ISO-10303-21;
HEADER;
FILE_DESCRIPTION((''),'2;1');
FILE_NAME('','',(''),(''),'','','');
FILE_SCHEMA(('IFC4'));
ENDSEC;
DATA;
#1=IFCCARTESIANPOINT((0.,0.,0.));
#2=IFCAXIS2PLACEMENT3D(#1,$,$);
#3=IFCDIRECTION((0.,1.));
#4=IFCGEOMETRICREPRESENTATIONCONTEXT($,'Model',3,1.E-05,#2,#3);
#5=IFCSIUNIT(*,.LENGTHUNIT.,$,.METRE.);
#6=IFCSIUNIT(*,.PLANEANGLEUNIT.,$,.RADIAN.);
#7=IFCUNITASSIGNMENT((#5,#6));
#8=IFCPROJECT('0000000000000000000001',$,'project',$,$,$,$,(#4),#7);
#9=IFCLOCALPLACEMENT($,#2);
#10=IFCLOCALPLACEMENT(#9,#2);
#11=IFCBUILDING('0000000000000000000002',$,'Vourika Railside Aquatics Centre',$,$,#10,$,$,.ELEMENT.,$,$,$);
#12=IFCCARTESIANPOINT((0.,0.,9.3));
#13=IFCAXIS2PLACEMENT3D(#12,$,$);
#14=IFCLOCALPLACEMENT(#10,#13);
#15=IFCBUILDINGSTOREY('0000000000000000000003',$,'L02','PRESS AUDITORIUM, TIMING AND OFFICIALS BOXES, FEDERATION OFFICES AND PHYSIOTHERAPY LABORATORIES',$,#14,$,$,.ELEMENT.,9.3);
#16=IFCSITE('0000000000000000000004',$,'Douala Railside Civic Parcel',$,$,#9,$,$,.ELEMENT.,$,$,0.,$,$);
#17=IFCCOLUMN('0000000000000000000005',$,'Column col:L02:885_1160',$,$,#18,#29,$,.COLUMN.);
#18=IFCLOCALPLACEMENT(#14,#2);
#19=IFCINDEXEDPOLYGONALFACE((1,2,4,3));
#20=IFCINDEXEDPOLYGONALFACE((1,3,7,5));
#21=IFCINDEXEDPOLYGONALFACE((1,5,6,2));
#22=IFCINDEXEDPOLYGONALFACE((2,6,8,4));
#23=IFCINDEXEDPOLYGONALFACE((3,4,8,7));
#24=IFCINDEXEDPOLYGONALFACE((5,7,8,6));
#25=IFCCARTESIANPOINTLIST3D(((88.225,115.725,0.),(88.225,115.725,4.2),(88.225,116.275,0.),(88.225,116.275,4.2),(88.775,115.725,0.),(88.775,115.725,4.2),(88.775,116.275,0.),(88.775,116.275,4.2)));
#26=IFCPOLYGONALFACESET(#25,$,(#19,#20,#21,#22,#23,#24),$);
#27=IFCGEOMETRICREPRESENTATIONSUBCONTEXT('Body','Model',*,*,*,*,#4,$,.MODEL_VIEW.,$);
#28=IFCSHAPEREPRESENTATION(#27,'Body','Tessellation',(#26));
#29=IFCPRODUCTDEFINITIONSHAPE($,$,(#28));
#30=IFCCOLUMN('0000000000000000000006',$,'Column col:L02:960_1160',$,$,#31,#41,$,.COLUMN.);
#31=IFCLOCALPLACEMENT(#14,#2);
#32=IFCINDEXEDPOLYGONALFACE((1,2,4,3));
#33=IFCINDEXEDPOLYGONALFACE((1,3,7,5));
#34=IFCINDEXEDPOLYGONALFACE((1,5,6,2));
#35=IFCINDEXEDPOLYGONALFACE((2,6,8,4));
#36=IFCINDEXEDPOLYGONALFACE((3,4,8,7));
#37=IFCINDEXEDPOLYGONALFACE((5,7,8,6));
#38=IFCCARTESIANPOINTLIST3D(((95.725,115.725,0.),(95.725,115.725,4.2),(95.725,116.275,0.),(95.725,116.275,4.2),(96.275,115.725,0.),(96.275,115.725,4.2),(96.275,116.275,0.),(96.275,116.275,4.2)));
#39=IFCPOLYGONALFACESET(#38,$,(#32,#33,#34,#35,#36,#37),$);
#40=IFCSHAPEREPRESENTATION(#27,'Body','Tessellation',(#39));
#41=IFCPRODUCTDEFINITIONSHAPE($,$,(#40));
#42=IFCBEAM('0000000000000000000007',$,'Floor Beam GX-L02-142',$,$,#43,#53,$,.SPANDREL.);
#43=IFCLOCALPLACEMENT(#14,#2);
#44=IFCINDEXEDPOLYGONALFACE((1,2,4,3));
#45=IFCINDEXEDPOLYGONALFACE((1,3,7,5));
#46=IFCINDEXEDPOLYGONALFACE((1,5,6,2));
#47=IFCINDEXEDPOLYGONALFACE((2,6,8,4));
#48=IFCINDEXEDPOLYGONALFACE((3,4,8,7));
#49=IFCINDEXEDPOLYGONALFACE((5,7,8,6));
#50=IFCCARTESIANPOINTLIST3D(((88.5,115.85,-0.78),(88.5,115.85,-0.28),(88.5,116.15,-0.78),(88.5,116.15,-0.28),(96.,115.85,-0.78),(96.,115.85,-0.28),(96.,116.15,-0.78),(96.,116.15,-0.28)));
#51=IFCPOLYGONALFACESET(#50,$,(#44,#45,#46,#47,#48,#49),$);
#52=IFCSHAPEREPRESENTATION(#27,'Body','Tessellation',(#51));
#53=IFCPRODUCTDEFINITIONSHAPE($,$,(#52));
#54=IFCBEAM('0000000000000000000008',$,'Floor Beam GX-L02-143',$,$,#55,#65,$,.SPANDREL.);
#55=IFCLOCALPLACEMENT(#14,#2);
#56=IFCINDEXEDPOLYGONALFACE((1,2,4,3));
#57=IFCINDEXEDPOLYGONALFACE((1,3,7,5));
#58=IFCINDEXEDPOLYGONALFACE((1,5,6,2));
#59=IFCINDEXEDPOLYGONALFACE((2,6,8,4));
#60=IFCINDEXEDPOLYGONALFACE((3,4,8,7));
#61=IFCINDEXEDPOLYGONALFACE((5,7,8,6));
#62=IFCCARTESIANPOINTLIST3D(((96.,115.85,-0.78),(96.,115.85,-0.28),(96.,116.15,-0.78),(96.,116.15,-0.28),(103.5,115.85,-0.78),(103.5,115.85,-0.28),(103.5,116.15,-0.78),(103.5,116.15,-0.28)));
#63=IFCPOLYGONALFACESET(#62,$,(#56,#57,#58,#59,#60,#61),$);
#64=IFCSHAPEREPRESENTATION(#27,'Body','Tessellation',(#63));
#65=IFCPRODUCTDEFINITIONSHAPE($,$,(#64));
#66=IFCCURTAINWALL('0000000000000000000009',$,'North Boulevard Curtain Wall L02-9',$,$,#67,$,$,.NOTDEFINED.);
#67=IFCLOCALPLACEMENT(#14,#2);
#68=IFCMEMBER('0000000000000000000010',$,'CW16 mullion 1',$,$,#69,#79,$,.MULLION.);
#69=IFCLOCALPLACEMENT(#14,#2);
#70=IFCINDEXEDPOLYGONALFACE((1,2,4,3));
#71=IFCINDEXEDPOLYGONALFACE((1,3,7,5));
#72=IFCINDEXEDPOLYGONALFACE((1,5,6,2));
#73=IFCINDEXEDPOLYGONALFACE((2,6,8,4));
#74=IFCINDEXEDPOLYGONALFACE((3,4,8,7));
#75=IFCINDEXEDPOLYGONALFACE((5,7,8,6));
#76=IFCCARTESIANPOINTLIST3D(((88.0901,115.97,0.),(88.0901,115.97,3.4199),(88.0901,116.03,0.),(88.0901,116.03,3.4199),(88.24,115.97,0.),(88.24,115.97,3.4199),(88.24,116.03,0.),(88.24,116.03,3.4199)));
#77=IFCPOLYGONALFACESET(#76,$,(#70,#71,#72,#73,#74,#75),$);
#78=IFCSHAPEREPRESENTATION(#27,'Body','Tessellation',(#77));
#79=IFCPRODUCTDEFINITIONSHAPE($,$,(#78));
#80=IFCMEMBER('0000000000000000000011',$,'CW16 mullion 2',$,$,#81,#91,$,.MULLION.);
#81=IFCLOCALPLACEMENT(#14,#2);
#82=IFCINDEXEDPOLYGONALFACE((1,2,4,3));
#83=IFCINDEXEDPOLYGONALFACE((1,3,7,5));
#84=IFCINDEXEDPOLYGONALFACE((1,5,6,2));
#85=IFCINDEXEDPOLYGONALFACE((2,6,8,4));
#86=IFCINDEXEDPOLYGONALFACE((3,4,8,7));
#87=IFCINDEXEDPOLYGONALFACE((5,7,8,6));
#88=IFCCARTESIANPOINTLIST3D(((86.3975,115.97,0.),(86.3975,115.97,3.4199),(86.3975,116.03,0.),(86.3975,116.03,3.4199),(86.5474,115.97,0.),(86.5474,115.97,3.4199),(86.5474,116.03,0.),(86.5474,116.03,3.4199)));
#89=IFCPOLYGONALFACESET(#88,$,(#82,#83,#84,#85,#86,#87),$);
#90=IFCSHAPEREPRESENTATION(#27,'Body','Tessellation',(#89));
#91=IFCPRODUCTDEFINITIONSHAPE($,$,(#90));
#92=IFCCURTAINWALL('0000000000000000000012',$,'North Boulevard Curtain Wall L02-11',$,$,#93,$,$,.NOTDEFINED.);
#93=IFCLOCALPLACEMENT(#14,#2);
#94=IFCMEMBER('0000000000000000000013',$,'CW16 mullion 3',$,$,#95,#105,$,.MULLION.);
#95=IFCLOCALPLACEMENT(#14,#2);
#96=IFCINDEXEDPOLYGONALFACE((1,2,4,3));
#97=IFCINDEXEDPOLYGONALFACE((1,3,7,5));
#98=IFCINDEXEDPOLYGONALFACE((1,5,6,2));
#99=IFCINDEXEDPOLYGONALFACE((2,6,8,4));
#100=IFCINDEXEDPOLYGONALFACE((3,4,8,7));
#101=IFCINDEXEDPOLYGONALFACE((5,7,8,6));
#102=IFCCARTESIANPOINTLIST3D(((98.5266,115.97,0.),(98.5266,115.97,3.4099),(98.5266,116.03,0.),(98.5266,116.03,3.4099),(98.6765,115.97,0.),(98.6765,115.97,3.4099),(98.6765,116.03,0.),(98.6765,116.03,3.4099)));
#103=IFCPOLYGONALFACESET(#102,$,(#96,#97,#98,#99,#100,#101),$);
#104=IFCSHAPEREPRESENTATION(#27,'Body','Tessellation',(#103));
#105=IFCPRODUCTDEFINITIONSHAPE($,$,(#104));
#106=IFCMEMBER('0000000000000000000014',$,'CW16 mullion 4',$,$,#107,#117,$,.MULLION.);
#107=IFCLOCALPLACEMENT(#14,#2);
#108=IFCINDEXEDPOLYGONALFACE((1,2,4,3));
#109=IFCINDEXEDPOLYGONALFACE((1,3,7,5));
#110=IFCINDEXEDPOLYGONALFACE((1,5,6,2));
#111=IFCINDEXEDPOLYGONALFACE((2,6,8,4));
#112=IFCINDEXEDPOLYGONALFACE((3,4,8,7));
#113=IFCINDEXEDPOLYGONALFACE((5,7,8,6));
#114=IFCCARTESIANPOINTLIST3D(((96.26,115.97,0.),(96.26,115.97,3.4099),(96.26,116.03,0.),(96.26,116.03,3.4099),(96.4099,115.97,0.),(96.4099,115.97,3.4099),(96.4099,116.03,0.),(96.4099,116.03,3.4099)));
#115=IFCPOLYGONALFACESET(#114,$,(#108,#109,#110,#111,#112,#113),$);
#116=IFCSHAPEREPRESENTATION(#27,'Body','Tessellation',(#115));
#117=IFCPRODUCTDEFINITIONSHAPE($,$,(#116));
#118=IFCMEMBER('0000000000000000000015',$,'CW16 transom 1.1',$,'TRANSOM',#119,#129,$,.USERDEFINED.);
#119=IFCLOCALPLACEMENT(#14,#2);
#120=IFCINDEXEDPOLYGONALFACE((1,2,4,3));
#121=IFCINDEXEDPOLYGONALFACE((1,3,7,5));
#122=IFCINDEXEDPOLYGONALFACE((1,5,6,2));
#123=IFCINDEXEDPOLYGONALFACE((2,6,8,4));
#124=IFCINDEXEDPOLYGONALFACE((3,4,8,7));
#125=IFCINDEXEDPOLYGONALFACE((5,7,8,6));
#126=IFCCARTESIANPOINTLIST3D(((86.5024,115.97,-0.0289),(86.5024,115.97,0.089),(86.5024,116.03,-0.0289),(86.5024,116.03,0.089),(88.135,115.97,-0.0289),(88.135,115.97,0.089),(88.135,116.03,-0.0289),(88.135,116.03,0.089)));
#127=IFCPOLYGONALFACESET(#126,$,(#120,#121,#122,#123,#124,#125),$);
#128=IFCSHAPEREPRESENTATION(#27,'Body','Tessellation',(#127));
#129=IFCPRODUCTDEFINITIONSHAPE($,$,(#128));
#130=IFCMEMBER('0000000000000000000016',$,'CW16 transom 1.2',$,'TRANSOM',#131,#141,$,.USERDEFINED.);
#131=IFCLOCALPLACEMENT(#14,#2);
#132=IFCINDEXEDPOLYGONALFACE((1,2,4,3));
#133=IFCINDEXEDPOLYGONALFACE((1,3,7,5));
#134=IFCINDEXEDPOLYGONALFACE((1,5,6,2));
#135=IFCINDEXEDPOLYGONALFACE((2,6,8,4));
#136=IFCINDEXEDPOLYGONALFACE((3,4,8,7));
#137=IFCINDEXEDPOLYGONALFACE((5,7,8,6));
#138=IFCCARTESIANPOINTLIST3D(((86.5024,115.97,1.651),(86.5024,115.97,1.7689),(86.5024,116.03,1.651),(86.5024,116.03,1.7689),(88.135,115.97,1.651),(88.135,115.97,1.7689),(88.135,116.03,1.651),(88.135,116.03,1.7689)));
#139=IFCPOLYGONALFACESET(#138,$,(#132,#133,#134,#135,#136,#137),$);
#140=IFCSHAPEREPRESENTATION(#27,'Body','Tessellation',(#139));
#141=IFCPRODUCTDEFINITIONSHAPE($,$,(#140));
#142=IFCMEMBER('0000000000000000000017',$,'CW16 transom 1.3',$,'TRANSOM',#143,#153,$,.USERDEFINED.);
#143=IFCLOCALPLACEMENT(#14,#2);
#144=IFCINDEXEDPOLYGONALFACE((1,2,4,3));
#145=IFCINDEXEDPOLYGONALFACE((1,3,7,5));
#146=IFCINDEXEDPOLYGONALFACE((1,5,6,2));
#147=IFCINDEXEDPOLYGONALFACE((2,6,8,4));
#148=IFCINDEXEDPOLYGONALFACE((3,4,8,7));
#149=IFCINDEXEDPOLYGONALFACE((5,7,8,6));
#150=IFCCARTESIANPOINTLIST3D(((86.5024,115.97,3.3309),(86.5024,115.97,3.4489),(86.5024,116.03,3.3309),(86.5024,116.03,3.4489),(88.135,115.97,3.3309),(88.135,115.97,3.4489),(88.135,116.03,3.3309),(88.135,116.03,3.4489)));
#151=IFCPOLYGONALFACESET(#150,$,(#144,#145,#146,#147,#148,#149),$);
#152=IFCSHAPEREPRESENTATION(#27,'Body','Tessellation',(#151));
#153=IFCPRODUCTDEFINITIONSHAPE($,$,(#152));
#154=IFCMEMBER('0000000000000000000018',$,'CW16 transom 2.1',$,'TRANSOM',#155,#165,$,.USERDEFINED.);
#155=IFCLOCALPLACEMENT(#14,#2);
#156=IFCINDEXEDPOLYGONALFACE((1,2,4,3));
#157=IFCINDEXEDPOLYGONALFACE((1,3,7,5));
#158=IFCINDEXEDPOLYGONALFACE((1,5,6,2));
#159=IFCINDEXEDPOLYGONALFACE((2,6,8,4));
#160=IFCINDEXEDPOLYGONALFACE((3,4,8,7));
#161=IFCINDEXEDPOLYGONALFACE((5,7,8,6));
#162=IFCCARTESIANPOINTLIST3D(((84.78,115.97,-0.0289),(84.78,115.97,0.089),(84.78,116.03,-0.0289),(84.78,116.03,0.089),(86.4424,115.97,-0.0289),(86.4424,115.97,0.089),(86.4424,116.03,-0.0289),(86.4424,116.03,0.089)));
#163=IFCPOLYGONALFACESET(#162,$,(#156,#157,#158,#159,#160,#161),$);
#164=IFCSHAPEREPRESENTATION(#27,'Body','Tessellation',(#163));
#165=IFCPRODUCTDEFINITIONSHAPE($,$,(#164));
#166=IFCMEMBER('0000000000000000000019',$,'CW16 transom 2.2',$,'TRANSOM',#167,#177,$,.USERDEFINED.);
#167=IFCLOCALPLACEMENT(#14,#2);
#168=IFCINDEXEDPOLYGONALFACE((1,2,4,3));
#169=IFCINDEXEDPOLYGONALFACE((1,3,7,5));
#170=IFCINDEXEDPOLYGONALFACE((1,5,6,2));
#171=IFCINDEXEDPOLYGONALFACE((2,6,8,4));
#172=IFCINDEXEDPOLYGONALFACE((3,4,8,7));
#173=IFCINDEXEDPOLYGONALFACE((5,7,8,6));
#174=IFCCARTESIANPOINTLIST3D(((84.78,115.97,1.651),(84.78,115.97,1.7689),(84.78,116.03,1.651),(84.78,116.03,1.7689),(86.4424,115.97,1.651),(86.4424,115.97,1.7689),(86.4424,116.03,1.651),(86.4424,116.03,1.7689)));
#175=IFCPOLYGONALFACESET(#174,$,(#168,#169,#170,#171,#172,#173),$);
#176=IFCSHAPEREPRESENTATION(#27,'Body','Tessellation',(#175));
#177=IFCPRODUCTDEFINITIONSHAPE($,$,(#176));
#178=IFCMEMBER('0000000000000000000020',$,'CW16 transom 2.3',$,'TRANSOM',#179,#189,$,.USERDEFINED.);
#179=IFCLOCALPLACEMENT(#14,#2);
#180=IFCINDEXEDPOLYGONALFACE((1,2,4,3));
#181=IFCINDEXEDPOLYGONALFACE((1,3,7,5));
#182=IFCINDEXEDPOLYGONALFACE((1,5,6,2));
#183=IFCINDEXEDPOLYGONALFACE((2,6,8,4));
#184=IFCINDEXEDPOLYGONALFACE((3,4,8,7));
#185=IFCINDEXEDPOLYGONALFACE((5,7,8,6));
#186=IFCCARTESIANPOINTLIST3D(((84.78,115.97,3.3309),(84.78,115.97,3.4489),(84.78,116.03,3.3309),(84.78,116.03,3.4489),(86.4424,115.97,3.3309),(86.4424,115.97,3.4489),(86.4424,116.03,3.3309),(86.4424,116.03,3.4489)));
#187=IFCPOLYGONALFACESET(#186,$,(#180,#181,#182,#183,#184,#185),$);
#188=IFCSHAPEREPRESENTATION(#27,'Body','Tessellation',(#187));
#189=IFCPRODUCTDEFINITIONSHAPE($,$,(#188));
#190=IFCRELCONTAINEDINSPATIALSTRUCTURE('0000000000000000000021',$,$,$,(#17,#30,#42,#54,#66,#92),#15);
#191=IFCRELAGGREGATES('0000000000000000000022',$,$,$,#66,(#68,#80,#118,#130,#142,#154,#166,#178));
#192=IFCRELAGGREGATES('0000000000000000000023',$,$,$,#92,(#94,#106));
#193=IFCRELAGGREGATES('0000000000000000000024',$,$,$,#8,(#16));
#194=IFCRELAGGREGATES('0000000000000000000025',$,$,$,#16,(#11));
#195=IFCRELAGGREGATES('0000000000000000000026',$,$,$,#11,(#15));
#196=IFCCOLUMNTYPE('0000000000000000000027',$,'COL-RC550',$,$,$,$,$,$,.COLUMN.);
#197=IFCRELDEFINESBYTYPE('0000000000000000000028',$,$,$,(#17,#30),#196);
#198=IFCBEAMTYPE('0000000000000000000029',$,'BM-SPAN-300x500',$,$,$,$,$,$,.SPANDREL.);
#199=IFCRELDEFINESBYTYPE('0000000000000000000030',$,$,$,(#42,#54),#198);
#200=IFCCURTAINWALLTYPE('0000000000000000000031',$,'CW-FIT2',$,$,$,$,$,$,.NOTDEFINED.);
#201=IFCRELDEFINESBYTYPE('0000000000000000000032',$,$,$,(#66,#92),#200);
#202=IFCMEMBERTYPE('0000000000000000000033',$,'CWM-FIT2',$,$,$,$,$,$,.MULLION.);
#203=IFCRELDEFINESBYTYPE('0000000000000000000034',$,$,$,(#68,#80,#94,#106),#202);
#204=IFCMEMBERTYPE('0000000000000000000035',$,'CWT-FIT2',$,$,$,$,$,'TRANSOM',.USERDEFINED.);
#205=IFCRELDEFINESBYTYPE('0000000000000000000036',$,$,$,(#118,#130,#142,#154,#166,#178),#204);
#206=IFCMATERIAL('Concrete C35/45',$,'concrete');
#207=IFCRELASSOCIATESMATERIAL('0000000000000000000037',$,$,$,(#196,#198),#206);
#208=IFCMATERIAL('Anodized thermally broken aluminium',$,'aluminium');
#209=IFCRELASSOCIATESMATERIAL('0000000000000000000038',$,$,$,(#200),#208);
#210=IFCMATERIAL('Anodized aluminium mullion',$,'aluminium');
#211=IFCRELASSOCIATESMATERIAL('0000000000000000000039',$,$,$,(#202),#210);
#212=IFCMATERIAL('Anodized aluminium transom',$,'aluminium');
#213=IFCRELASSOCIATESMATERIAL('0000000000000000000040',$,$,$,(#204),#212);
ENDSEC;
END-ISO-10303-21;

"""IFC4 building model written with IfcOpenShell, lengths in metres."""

from ifc_helpers import new_model, si_unit, direction, frame, origin, origin_2d, place, context, subcontext, project, spatial, rectangle, extrude, material, material_profile, profile_set, type_object, element, aggregate, save


model = new_model("IFC4")

# Units and contexts
model_context = context("Model", 3, precision=1e-05, world=origin(), true_north=direction((0.0, 1.0)))
body_context = subcontext(model_context, "Body", "Model", "MODEL_VIEW")
ifc_project = project(units=[si_unit("LENGTHUNIT", "METRE"), si_unit("PLANEANGLEUNIT", "RADIAN")], contexts=[model_context])

# Site, building, storey
site_placement = place(None, origin())
site = spatial("IfcSite", under=ifc_project, at=site_placement, Name="Douala Railside Civic Parcel", CompositionType="ELEMENT", RefElevation=0.0)
building_placement = place(site_placement, origin())
building = spatial("IfcBuilding", under=site, at=building_placement, Name="Vourika Railside Aquatics Centre", CompositionType="ELEMENT")
storey_placement = place(building_placement, frame((0.0, 0.0, 9.3)))
storey = spatial("IfcBuildingStorey", under=building, at=storey_placement, Name="L02", Description="PRESS AUDITORIUM, TIMING AND OFFICIALS BOXES, FEDERATION OFFICES AND PHYSIOTHERAPY LABORATORIES", CompositionType="ELEMENT", Elevation=9.3)

# Columns
ifc_material_1 = material(Name="Concrete C35/45", Category="concrete")
ifc_material_profile_1 = material_profile(ifc_material_1, rectangle(XDim=0.55, YDim=0.55, at=origin_2d()), Name="RC 550x550")
ifc_profile_set_1 = profile_set([ifc_material_profile_1], Name="Concrete C35/45")
column_type = type_object("IfcColumnType", Name="COL-RC550", PredefinedType="COLUMN", material=ifc_profile_set_1)
for number, where, z_axis, x_axis, name in (
    (1, (88.5, 116.0, 0.0), (0.0, 0.0, 1.0), (1.0, 0.0, 0.0), "Column col:L02:885_1160"),
    (2, (96.0, 116.0, 0.0), (0.0, 0.0, 1.0), (1.0, 0.0, 0.0), "Column col:L02:960_1160"),
):
    element("IfcColumn", number, at=place(storey_placement, frame(where, z_axis=z_axis, x_axis=x_axis)), inside=storey, type_object=column_type, Name=name, PredefinedType="COLUMN", context=body_context, shape_type="SweptSolid", body=[
        extrude(rectangle(XDim=0.55, YDim=0.55, at=origin_2d()), origin(), (0.0, 0.0, 1.0), 4.2),
    ])

# Beams
ifc_material_profile_2 = material_profile(ifc_material_1, rectangle(XDim=0.3, YDim=0.5, at=origin_2d()), Name="RC 300x500")
ifc_profile_set_2 = profile_set([ifc_material_profile_2], Name="Concrete C35/45")
beam_type = type_object("IfcBeamType", Name="BM-SPAN-300x500", PredefinedType="SPANDREL", material=ifc_profile_set_2)
for number, where, z_axis, x_axis, name in (
    (3, (88.5, 116.0, -0.53), (1.0, 0.0, 0.0), (0.0, 1.0, 0.0), "Floor Beam GX-L02-142"),
    (4, (96.0, 116.0, -0.53), (1.0, 0.0, 0.0), (0.0, 1.0, 0.0), "Floor Beam GX-L02-143"),
):
    element("IfcBeam", number, at=place(storey_placement, frame(where, z_axis=z_axis, x_axis=x_axis)), inside=storey, type_object=beam_type, Name=name, PredefinedType="SPANDREL", context=body_context, shape_type="SweptSolid", body=[
        extrude(rectangle(XDim=0.3, YDim=0.5, at=origin_2d()), origin(), (0.0, 0.0, 1.0), 7.5),
    ])

# Curtain walls, members
ifc_material_2 = material(Name="Anodized thermally broken aluminium", Category="aluminium")
curtain_wall_type = type_object("IfcCurtainWallType", Name="CW-FIT2", PredefinedType="NOTDEFINED", material=ifc_material_2)
curtain_wall_1_placement = place(storey_placement, origin())
curtain_wall_1 = element("IfcCurtainWall", 5, at=curtain_wall_1_placement, inside=storey, type_object=curtain_wall_type, Name="North Boulevard Curtain Wall L02-9", PredefinedType="NOTDEFINED")
ifc_material_3 = material(Name="Anodized aluminium mullion", Category="aluminium")
ifc_material_profile_3 = material_profile(ifc_material_3, rectangle(XDim=0.0601, YDim=0.1499, at=origin_2d()), Name="ALU-M 60x150")
ifc_profile_set_3 = profile_set([ifc_material_profile_3], Name="Anodized aluminium mullion")
member_type_1 = type_object("IfcMemberType", Name="CWM-FIT2", PredefinedType="MULLION", material=ifc_profile_set_3)
member_1_placement = place(storey_placement, frame((88.165, 116.0, 0.0), z_axis=(0.0, 0.0, 1.0), x_axis=(0.0, -1.0, 0.0)))
member_1 = element("IfcMember", 6, at=member_1_placement, type_object=member_type_1, Name="CW16 mullion 1", PredefinedType="MULLION", context=body_context, shape_type="SweptSolid", body=[
    extrude(rectangle(XDim=0.0601, YDim=0.1499, at=origin_2d()), origin(), (0.0, 0.0, 1.0), 3.4199),
])
member_2_placement = place(storey_placement, frame((86.4724, 116.0, 0.0), z_axis=(0.0, 0.0, 1.0), x_axis=(0.0, -1.0, 0.0)))
member_2 = element("IfcMember", 7, at=member_2_placement, type_object=member_type_1, Name="CW16 mullion 2", PredefinedType="MULLION", context=body_context, shape_type="SweptSolid", body=[
    extrude(rectangle(XDim=0.0601, YDim=0.1499, at=origin_2d()), origin(), (0.0, 0.0, 1.0), 3.4199),
])
curtain_wall_2_placement = place(storey_placement, origin())
curtain_wall_2 = element("IfcCurtainWall", 8, at=curtain_wall_2_placement, inside=storey, type_object=curtain_wall_type, Name="North Boulevard Curtain Wall L02-11", PredefinedType="NOTDEFINED")
member_3_placement = place(storey_placement, frame((98.6016, 116.0, 0.0), z_axis=(0.0, 0.0, 1.0), x_axis=(0.0, -1.0, 0.0)))
member_3 = element("IfcMember", 9, at=member_3_placement, type_object=member_type_1, Name="CW16 mullion 3", PredefinedType="MULLION", context=body_context, shape_type="SweptSolid", body=[
    extrude(rectangle(XDim=0.0601, YDim=0.1499, at=origin_2d()), origin(), (0.0, 0.0, 1.0), 3.4099),
])
member_4_placement = place(storey_placement, frame((96.335, 116.0, 0.0), z_axis=(0.0, 0.0, 1.0), x_axis=(0.0, -1.0, 0.0)))
member_4 = element("IfcMember", 10, at=member_4_placement, type_object=member_type_1, Name="CW16 mullion 4", PredefinedType="MULLION", context=body_context, shape_type="SweptSolid", body=[
    extrude(rectangle(XDim=0.0601, YDim=0.1499, at=origin_2d()), origin(), (0.0, 0.0, 1.0), 3.4099),
])

# Members
ifc_material_4 = material(Name="Anodized aluminium transom", Category="aluminium")
ifc_material_profile_4 = material_profile(ifc_material_4, rectangle(XDim=0.0601, YDim=0.1179, at=origin_2d()), Name="ALU-T 60x118")
ifc_profile_set_4 = profile_set([ifc_material_profile_4], Name="Anodized aluminium transom")
member_type_2 = type_object("IfcMemberType", Name="CWT-FIT2", ElementType="TRANSOM", PredefinedType="USERDEFINED", material=ifc_profile_set_4)
member_5_placement = place(storey_placement, frame((88.135, 116.0, 0.03), z_axis=(-1.0, 0.0, 0.0), x_axis=(0.0, -1.0, 0.0)))
member_5 = element("IfcMember", 11, at=member_5_placement, type_object=member_type_2, Name="CW16 transom 1.1", ObjectType="TRANSOM", PredefinedType="USERDEFINED", context=body_context, shape_type="SweptSolid", body=[
    extrude(rectangle(XDim=0.0601, YDim=0.1179, at=origin_2d()), origin(), (0.0, 0.0, 1.0), 1.6326),
])
member_6_placement = place(storey_placement, frame((88.135, 116.0, 1.71), z_axis=(-1.0, 0.0, 0.0), x_axis=(0.0, -1.0, 0.0)))
member_6 = element("IfcMember", 12, at=member_6_placement, type_object=member_type_2, Name="CW16 transom 1.2", ObjectType="TRANSOM", PredefinedType="USERDEFINED", context=body_context, shape_type="SweptSolid", body=[
    extrude(rectangle(XDim=0.0601, YDim=0.1179, at=origin_2d()), origin(), (0.0, 0.0, 1.0), 1.6326),
])
member_7_placement = place(storey_placement, frame((88.135, 116.0, 3.3899), z_axis=(-1.0, 0.0, 0.0), x_axis=(0.0, -1.0, 0.0)))
member_7 = element("IfcMember", 13, at=member_7_placement, type_object=member_type_2, Name="CW16 transom 1.3", ObjectType="TRANSOM", PredefinedType="USERDEFINED", context=body_context, shape_type="SweptSolid", body=[
    extrude(rectangle(XDim=0.0601, YDim=0.1179, at=origin_2d()), origin(), (0.0, 0.0, 1.0), 1.6326),
])
member_8_placement = place(storey_placement, frame((86.4424, 116.0, 0.03), z_axis=(-1.0, 0.0, 0.0), x_axis=(0.0, -1.0, 0.0)))
member_8 = element("IfcMember", 14, at=member_8_placement, type_object=member_type_2, Name="CW16 transom 2.1", ObjectType="TRANSOM", PredefinedType="USERDEFINED", context=body_context, shape_type="SweptSolid", body=[
    extrude(rectangle(XDim=0.0601, YDim=0.1179, at=origin_2d()), origin(), (0.0, 0.0, 1.0), 1.6624),
])
member_9_placement = place(storey_placement, frame((86.4424, 116.0, 1.71), z_axis=(-1.0, 0.0, 0.0), x_axis=(0.0, -1.0, 0.0)))
member_9 = element("IfcMember", 15, at=member_9_placement, type_object=member_type_2, Name="CW16 transom 2.2", ObjectType="TRANSOM", PredefinedType="USERDEFINED", context=body_context, shape_type="SweptSolid", body=[
    extrude(rectangle(XDim=0.0601, YDim=0.1179, at=origin_2d()), origin(), (0.0, 0.0, 1.0), 1.6624),
])
member_10_placement = place(storey_placement, frame((86.4424, 116.0, 3.3899), z_axis=(-1.0, 0.0, 0.0), x_axis=(0.0, -1.0, 0.0)))
member_10 = element("IfcMember", 16, at=member_10_placement, type_object=member_type_2, Name="CW16 transom 2.3", ObjectType="TRANSOM", PredefinedType="USERDEFINED", context=body_context, shape_type="SweptSolid", body=[
    extrude(rectangle(XDim=0.0601, YDim=0.1179, at=origin_2d()), origin(), (0.0, 0.0, 1.0), 1.6624),
])

aggregate(curtain_wall_1, [member_1, member_2, member_5, member_6, member_7, member_8, member_9, member_10])
aggregate(curtain_wall_2, [member_3, member_4])

save(model, "model.ifc")
